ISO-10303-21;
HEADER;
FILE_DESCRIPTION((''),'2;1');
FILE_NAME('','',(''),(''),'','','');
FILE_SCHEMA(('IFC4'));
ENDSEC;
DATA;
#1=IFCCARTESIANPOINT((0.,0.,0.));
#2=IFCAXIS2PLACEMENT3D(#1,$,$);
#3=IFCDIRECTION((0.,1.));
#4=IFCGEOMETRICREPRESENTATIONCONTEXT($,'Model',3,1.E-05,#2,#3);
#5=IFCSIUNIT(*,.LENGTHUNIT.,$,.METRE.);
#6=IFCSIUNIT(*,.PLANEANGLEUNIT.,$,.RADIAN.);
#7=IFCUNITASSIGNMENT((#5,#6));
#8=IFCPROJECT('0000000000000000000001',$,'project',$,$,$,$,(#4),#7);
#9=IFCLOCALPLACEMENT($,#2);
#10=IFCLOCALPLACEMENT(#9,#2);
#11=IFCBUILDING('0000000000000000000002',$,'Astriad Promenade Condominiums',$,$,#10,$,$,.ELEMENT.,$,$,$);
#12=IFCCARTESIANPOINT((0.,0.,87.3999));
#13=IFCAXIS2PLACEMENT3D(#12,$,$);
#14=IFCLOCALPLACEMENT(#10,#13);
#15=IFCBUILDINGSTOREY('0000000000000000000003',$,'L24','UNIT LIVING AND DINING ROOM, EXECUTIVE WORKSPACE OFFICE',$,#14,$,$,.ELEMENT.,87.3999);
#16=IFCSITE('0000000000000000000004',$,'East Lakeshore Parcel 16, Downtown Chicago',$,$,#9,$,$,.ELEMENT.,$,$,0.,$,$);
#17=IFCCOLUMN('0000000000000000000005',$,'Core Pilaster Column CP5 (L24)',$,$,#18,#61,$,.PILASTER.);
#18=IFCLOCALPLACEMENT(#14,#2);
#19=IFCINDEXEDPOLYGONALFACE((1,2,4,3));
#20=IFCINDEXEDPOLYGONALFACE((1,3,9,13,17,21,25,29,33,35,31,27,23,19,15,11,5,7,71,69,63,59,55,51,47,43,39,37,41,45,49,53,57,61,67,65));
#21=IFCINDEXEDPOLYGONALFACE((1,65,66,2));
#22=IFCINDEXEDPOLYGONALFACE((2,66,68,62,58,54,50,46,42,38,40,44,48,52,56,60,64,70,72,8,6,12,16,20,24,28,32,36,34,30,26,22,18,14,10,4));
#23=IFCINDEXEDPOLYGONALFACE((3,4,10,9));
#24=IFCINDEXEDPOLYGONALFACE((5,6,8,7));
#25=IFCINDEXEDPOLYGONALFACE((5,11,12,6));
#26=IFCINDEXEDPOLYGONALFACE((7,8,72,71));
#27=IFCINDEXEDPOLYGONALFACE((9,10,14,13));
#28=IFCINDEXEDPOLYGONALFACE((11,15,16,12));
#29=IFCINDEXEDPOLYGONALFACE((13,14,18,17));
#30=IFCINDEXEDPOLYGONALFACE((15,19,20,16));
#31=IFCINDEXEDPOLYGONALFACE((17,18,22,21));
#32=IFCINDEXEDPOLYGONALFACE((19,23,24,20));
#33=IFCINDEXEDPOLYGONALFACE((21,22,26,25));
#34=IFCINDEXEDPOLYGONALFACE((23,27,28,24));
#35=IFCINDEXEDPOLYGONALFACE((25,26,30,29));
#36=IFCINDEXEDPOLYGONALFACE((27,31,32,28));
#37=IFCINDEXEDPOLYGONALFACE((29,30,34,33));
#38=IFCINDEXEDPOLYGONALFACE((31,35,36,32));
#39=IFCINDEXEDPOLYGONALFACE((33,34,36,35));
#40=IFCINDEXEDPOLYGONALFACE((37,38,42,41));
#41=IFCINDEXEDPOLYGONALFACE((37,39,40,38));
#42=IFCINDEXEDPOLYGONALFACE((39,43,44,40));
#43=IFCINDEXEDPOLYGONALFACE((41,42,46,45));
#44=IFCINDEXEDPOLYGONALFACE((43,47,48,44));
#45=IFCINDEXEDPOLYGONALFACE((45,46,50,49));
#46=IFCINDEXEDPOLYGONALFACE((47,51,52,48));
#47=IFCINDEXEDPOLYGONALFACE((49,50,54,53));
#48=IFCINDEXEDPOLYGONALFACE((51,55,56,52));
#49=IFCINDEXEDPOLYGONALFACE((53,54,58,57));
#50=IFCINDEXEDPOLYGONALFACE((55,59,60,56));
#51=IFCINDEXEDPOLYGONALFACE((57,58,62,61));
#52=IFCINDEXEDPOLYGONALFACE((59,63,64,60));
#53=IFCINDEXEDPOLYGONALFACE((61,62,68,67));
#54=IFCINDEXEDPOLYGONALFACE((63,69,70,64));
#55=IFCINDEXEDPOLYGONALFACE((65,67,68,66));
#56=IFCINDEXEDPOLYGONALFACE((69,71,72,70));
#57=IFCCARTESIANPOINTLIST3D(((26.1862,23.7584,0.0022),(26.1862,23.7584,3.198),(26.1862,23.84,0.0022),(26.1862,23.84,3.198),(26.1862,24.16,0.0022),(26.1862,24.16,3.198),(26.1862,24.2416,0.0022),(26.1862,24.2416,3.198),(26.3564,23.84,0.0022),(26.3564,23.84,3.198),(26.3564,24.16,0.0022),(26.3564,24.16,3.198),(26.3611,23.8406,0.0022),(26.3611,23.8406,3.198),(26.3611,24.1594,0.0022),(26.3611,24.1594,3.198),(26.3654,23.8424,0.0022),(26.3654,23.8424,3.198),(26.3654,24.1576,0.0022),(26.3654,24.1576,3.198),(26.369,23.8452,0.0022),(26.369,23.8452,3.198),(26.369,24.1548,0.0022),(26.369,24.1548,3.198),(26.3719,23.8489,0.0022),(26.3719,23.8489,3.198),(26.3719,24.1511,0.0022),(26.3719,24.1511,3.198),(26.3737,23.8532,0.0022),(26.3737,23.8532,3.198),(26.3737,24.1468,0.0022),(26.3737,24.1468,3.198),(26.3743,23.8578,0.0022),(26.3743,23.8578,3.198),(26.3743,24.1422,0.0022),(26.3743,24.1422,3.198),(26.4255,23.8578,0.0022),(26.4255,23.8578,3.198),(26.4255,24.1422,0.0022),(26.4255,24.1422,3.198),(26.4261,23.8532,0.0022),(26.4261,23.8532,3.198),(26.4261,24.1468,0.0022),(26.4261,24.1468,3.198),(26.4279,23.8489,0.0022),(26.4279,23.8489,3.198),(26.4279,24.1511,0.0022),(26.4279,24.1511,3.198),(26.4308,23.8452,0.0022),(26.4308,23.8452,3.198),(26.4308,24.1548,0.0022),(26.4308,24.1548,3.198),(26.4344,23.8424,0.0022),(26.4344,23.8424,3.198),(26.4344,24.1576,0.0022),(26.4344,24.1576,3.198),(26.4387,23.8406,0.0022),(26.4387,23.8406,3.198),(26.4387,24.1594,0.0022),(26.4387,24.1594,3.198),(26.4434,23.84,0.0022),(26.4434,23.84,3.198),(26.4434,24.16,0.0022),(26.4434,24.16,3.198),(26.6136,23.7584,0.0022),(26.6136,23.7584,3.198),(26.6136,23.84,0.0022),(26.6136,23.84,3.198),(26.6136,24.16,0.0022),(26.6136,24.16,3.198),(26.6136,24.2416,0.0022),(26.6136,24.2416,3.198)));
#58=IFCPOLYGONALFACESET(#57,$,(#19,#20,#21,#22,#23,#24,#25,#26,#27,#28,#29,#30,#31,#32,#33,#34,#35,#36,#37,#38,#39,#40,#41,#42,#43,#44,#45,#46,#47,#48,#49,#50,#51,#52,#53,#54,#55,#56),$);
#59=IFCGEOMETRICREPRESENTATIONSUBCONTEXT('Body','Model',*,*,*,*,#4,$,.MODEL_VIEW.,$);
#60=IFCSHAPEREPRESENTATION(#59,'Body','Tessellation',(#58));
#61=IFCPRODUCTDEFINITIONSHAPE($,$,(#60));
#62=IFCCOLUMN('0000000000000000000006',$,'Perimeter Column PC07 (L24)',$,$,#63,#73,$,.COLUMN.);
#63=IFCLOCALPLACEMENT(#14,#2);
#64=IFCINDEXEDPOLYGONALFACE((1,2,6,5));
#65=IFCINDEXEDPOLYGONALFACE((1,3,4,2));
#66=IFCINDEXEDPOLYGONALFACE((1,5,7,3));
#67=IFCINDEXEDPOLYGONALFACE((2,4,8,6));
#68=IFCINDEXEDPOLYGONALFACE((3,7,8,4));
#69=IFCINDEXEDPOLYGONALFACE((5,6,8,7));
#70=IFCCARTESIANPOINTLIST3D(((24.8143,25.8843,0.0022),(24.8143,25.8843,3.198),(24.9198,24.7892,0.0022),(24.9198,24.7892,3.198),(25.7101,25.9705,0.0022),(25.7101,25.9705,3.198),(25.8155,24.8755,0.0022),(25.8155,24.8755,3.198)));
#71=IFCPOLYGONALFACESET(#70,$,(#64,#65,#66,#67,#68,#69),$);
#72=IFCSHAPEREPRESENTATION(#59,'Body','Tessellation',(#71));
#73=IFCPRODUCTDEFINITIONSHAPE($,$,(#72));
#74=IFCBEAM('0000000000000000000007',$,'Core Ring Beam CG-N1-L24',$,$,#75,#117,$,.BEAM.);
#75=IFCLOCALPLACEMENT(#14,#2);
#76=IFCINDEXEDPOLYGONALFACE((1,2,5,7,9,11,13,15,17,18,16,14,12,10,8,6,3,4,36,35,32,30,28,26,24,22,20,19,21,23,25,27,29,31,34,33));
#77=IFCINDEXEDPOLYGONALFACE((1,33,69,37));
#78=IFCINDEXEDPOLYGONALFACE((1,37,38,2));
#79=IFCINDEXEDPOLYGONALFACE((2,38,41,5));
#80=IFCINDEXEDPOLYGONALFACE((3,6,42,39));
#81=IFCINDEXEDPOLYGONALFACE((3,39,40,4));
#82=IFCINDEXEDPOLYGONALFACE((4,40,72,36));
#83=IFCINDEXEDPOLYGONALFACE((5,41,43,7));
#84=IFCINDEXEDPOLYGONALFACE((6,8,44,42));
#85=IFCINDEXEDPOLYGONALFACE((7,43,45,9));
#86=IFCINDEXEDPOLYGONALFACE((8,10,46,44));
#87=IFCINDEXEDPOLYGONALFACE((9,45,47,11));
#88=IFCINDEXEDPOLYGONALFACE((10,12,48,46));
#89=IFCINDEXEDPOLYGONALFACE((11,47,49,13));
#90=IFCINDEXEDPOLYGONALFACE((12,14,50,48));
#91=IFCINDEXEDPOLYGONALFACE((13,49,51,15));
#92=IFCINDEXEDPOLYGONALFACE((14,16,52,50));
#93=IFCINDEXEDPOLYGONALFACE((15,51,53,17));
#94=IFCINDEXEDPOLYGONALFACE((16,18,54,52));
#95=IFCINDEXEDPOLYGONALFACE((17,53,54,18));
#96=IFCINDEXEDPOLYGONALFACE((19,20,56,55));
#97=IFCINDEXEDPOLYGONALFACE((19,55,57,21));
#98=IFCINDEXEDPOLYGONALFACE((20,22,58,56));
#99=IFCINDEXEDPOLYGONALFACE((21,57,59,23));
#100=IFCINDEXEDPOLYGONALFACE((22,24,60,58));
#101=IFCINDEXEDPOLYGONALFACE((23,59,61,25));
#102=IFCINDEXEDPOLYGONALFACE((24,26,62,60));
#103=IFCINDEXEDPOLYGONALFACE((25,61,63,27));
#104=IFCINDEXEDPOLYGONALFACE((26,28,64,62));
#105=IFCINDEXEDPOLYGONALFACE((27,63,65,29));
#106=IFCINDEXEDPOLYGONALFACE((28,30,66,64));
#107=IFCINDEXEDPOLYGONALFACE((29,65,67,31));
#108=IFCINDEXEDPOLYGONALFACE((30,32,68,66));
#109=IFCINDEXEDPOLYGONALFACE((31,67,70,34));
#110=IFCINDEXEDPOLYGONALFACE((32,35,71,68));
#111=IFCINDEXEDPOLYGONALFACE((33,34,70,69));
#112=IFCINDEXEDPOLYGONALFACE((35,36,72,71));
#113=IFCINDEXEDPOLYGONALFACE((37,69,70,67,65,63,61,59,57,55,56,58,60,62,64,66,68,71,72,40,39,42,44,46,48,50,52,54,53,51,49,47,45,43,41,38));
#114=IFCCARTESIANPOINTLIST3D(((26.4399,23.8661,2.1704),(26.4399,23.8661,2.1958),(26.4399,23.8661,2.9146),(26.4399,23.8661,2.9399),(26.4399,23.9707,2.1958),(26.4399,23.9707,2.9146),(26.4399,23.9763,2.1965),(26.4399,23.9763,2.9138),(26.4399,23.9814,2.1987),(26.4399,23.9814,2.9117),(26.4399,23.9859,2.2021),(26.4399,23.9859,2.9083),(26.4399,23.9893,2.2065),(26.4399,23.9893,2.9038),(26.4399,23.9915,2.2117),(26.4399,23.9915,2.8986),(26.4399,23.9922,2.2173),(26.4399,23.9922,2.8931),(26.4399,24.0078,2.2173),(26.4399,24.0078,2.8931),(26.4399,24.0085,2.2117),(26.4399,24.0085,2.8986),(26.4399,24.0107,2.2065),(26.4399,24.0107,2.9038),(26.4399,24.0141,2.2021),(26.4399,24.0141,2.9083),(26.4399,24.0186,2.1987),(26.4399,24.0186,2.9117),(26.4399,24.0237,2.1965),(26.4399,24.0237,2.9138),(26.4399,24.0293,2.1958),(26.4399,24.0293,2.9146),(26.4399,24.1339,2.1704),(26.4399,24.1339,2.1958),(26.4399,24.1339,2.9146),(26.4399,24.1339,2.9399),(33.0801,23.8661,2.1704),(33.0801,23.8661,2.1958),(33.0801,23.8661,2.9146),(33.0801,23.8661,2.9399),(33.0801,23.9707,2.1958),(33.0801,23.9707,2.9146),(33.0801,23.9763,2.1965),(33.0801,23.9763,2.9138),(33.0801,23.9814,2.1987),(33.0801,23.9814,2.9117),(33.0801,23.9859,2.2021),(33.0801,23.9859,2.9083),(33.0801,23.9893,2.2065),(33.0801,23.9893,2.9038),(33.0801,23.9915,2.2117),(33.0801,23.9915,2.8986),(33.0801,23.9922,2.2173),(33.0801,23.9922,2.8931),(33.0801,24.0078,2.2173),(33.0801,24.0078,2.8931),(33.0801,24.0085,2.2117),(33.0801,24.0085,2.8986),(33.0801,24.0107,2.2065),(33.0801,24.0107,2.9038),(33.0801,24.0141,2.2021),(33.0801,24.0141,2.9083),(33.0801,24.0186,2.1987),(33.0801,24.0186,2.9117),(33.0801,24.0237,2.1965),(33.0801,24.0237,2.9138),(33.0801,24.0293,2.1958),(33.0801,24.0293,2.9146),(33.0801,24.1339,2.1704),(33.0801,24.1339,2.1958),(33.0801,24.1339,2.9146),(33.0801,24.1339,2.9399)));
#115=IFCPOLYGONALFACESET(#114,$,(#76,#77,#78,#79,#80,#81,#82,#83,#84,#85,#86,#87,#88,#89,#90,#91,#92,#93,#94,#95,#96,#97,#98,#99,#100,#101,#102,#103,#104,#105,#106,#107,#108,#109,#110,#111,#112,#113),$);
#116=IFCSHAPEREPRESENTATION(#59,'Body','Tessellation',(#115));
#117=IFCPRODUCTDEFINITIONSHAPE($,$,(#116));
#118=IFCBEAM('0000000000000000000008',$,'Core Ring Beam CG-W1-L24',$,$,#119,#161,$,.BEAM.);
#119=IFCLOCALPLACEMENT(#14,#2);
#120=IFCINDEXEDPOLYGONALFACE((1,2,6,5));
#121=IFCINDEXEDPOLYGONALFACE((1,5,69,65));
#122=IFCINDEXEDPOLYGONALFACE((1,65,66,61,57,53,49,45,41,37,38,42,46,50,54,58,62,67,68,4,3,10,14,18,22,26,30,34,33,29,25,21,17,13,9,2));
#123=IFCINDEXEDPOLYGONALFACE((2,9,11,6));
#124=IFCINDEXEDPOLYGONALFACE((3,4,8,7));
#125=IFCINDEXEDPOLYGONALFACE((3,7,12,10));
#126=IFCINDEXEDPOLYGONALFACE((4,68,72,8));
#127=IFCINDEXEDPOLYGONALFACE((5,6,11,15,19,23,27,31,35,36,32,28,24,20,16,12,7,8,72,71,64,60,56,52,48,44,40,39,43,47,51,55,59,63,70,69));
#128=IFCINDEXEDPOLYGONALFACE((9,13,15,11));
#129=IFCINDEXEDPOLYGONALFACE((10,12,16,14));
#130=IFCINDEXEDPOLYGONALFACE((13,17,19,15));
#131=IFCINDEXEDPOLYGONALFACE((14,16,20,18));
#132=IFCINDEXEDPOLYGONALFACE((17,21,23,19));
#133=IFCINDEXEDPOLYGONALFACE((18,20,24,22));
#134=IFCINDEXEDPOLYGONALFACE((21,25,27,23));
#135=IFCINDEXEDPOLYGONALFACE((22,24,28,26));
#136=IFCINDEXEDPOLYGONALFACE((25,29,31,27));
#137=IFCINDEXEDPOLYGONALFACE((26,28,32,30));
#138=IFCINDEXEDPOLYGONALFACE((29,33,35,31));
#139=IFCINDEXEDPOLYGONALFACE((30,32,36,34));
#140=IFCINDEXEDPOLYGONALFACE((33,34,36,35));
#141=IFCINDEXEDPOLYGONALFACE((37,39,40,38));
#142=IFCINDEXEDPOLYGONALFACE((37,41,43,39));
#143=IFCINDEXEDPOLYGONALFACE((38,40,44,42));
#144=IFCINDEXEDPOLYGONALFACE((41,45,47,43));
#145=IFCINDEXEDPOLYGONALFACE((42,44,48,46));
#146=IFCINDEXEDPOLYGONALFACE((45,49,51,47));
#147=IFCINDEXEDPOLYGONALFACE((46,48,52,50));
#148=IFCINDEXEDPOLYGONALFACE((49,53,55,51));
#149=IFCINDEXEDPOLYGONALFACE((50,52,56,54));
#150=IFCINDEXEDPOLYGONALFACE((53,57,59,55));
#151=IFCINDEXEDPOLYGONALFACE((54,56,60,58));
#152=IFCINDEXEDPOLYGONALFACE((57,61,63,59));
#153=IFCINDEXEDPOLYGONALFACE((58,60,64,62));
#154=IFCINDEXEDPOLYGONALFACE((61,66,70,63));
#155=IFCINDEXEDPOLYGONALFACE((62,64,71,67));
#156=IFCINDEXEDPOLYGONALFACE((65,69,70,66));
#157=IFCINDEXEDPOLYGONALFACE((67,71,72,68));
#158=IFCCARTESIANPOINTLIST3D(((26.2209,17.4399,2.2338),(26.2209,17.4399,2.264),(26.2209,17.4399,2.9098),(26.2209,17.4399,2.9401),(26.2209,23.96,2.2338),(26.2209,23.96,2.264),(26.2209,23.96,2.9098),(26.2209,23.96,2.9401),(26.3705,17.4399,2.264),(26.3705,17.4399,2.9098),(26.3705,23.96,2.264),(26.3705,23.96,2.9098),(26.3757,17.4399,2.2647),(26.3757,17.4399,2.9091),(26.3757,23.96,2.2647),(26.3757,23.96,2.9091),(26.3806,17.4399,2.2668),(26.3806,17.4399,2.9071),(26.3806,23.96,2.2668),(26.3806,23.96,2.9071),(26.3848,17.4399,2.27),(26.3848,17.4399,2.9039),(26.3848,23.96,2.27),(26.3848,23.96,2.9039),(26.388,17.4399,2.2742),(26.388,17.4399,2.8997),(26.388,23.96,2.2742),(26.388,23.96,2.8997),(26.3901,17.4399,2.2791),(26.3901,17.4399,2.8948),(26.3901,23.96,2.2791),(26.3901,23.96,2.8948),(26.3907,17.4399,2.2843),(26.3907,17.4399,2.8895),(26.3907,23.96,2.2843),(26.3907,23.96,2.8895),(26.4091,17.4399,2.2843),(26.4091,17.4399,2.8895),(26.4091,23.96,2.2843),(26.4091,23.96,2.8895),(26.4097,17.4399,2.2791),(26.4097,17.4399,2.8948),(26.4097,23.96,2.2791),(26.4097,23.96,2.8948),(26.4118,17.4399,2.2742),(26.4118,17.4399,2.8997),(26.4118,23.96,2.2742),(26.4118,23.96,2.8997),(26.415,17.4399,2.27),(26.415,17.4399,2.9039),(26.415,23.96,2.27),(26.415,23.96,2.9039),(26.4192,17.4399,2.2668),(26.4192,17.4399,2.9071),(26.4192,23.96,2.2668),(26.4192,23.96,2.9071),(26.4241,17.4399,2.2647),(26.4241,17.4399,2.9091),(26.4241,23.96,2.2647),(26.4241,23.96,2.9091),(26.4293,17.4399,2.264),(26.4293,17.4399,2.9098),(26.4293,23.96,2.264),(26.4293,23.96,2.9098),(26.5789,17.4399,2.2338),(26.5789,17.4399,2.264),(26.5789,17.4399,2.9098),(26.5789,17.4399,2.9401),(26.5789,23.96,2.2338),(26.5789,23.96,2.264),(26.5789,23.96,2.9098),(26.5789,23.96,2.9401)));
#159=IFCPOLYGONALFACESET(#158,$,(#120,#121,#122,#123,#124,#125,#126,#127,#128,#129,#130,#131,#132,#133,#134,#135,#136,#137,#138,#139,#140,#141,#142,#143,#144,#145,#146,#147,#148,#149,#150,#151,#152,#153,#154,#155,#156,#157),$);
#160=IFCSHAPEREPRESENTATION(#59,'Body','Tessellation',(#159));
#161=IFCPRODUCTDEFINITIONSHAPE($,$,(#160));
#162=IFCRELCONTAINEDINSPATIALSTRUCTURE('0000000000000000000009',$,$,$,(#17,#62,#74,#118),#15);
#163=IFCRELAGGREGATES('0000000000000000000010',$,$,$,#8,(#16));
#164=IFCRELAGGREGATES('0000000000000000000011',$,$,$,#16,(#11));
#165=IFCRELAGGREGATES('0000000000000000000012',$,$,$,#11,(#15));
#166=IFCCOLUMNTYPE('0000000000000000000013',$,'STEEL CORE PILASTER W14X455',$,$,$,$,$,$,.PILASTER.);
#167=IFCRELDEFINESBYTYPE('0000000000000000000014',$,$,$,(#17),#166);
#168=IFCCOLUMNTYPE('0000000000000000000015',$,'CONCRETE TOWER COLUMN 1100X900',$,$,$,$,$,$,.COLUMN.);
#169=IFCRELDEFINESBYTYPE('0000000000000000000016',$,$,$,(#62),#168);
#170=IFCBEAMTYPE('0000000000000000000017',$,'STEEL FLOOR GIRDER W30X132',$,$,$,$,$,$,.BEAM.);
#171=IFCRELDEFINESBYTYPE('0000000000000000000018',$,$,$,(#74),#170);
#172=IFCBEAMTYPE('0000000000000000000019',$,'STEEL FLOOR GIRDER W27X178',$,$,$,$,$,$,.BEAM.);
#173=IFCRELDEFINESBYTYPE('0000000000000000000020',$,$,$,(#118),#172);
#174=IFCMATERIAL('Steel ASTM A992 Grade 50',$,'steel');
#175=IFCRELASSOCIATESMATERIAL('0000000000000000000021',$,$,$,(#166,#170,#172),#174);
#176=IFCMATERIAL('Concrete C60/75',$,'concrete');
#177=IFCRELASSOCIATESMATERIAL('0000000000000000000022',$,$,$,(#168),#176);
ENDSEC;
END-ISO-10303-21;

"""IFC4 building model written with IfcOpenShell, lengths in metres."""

from ifc_helpers import new_model, si_unit, direction, frame, origin, origin_2d, place, context, subcontext, project, spatial, rectangle, i_section, extrude, source, transform, mapped, material, material_profile, profile_set, type_object, type_shapes, element, save


model = new_model("IFC4")

# Units and contexts
model_context = context("Model", 3, precision=1e-05, world=origin(), true_north=direction((0.0, 1.0)))
body_context = subcontext(model_context, "Body", "Model", "MODEL_VIEW")
ifc_project = project(units=[si_unit("LENGTHUNIT", "METRE"), si_unit("PLANEANGLEUNIT", "RADIAN")], contexts=[model_context])

# Site, building, storey
site_placement = place(None, origin())
site = spatial("IfcSite", under=ifc_project, at=site_placement, Name="East Lakeshore Parcel 16, Downtown Chicago", CompositionType="ELEMENT", RefElevation=0.0)
building_placement = place(site_placement, origin())
building = spatial("IfcBuilding", under=site, at=building_placement, Name="Astriad Promenade Condominiums", CompositionType="ELEMENT")
storey_placement = place(building_placement, frame((0.0, 0.0, 87.3999)))
storey = spatial("IfcBuildingStorey", under=building, at=storey_placement, Name="L24", Description="UNIT LIVING AND DINING ROOM, EXECUTIVE WORKSPACE OFFICE", CompositionType="ELEMENT", Elevation=87.3999)

# Columns
ifc_material_1 = material(Name="Steel ASTM A992 Grade 50", Category="steel")
ifc_material_profile_1 = material_profile(ifc_material_1, i_section(OverallWidth=0.4275, OverallDepth=0.4832, WebThickness=0.0513, FlangeThickness=0.0815, FilletRadius=0.0178, at=origin_2d()), Name="W14X455")
ifc_profile_set_1 = profile_set([ifc_material_profile_1], Name="Steel ASTM A992 Grade 50")
column_type_1 = type_object("IfcColumnType", Name="STEEL CORE PILASTER W14X455", PredefinedType="PILASTER", material=ifc_profile_set_1)
shared_shape_1 = source(origin(), body_context, "Body", "SweptSolid", [
    extrude(i_section(OverallWidth=0.4275, OverallDepth=0.4832, WebThickness=0.0513, FlangeThickness=0.0815, FilletRadius=0.0178, at=origin_2d()), origin(), (0.0, 0.0, 1.0), 3.1958),
])
type_shapes(column_type_1, [shared_shape_1])
column_1_placement = place(storey_placement, frame((26.3999, 24.0, 0.0022), z_axis=(0.0, 0.0, 1.0), x_axis=(1.0, 0.0, 0.0)))
element("IfcColumn", 1, at=column_1_placement, inside=storey, type_object=column_type_1, Name="Core Pilaster Column CP5 (L24)", PredefinedType="PILASTER", context=body_context, shape_type="MappedRepresentation", body=[
    mapped(shared_shape_1, transform((0.0, 0.0, 0.0), scale=1.0)),
])
ifc_material_2 = material(Name="Concrete C60/75", Category="concrete")
ifc_material_profile_2 = material_profile(ifc_material_2, rectangle(XDim=0.8999, YDim=1.1001, at=origin_2d()), Name="RC-COL-1100X900")
ifc_profile_set_2 = profile_set([ifc_material_profile_2], Name="Concrete C60/75")
column_type_2 = type_object("IfcColumnType", Name="CONCRETE TOWER COLUMN 1100X900", PredefinedType="COLUMN", material=ifc_profile_set_2)
shared_shape_2 = source(origin(), body_context, "Body", "SweptSolid", [
    extrude(rectangle(XDim=0.8999, YDim=1.1001, at=origin_2d()), origin(), (0.0, 0.0, 1.0), 3.1958),
])
type_shapes(column_type_2, [shared_shape_2])
column_2_placement = place(storey_placement, frame((25.3149, 25.3799, 0.0022), z_axis=(0.0, 0.0, 1.0), x_axis=(0.995396, 0.095846, 0.0)))
element("IfcColumn", 2, at=column_2_placement, inside=storey, type_object=column_type_2, Name="Perimeter Column PC07 (L24)", PredefinedType="COLUMN", context=body_context, shape_type="MappedRepresentation", body=[
    mapped(shared_shape_2, transform((0.0, 0.0, 0.0), scale=1.0)),
])

# Beams
ifc_material_profile_3 = material_profile(ifc_material_1, i_section(OverallWidth=0.2678, OverallDepth=0.7695, WebThickness=0.0156, FlangeThickness=0.0254, FilletRadius=0.0215, at=origin_2d()), Name="W30X132")
ifc_profile_set_3 = profile_set([ifc_material_profile_3], Name="Steel ASTM A992 Grade 50")
beam_type_1 = type_object("IfcBeamType", Name="STEEL FLOOR GIRDER W30X132", PredefinedType="BEAM", material=ifc_profile_set_3)
shared_shape_3 = source(origin(), body_context, "Body", "SweptSolid", [
    extrude(i_section(OverallWidth=0.2678, OverallDepth=0.7695, WebThickness=0.0156, FlangeThickness=0.0254, FilletRadius=0.0215, at=origin_2d()), origin(), (0.0, 0.0, 1.0), 6.6401),
])
type_shapes(beam_type_1, [shared_shape_3])
beam_1_placement = place(storey_placement, frame((26.4399, 24.0, 2.5552), z_axis=(1.0, 0.0, 0.0), x_axis=(0.0, 1.0, 0.0)))
element("IfcBeam", 3, at=beam_1_placement, inside=storey, type_object=beam_type_1, Name="Core Ring Beam CG-N1-L24", PredefinedType="BEAM", context=body_context, shape_type="MappedRepresentation", body=[
    mapped(shared_shape_3, transform((0.0, 0.0, 0.0), scale=1.0)),
])
ifc_material_profile_4 = material_profile(ifc_material_1, i_section(OverallWidth=0.3579, OverallDepth=0.7063, WebThickness=0.0183, FlangeThickness=0.0303, FilletRadius=0.0203, at=origin_2d()), Name="W27X178")
ifc_profile_set_4 = profile_set([ifc_material_profile_4], Name="Steel ASTM A992 Grade 50")
beam_type_2 = type_object("IfcBeamType", Name="STEEL FLOOR GIRDER W27X178", PredefinedType="BEAM", material=ifc_profile_set_4)
shared_shape_4 = source(origin(), body_context, "Body", "SweptSolid", [
    extrude(i_section(OverallWidth=0.3579, OverallDepth=0.7063, WebThickness=0.0183, FlangeThickness=0.0303, FilletRadius=0.0203, at=origin_2d()), origin(), (0.0, 0.0, 1.0), 6.52),
])
type_shapes(beam_type_2, [shared_shape_4])
beam_2_placement = place(storey_placement, frame((26.3999, 17.4399, 2.5869), z_axis=(0.0, 1.0, 0.0), x_axis=(-1.0, 0.0, 0.0)))
element("IfcBeam", 4, at=beam_2_placement, inside=storey, type_object=beam_type_2, Name="Core Ring Beam CG-W1-L24", PredefinedType="BEAM", context=body_context, shape_type="MappedRepresentation", body=[
    mapped(shared_shape_4, transform((0.0, 0.0, 0.0), scale=1.0)),
])

save(model, "model.ifc")
